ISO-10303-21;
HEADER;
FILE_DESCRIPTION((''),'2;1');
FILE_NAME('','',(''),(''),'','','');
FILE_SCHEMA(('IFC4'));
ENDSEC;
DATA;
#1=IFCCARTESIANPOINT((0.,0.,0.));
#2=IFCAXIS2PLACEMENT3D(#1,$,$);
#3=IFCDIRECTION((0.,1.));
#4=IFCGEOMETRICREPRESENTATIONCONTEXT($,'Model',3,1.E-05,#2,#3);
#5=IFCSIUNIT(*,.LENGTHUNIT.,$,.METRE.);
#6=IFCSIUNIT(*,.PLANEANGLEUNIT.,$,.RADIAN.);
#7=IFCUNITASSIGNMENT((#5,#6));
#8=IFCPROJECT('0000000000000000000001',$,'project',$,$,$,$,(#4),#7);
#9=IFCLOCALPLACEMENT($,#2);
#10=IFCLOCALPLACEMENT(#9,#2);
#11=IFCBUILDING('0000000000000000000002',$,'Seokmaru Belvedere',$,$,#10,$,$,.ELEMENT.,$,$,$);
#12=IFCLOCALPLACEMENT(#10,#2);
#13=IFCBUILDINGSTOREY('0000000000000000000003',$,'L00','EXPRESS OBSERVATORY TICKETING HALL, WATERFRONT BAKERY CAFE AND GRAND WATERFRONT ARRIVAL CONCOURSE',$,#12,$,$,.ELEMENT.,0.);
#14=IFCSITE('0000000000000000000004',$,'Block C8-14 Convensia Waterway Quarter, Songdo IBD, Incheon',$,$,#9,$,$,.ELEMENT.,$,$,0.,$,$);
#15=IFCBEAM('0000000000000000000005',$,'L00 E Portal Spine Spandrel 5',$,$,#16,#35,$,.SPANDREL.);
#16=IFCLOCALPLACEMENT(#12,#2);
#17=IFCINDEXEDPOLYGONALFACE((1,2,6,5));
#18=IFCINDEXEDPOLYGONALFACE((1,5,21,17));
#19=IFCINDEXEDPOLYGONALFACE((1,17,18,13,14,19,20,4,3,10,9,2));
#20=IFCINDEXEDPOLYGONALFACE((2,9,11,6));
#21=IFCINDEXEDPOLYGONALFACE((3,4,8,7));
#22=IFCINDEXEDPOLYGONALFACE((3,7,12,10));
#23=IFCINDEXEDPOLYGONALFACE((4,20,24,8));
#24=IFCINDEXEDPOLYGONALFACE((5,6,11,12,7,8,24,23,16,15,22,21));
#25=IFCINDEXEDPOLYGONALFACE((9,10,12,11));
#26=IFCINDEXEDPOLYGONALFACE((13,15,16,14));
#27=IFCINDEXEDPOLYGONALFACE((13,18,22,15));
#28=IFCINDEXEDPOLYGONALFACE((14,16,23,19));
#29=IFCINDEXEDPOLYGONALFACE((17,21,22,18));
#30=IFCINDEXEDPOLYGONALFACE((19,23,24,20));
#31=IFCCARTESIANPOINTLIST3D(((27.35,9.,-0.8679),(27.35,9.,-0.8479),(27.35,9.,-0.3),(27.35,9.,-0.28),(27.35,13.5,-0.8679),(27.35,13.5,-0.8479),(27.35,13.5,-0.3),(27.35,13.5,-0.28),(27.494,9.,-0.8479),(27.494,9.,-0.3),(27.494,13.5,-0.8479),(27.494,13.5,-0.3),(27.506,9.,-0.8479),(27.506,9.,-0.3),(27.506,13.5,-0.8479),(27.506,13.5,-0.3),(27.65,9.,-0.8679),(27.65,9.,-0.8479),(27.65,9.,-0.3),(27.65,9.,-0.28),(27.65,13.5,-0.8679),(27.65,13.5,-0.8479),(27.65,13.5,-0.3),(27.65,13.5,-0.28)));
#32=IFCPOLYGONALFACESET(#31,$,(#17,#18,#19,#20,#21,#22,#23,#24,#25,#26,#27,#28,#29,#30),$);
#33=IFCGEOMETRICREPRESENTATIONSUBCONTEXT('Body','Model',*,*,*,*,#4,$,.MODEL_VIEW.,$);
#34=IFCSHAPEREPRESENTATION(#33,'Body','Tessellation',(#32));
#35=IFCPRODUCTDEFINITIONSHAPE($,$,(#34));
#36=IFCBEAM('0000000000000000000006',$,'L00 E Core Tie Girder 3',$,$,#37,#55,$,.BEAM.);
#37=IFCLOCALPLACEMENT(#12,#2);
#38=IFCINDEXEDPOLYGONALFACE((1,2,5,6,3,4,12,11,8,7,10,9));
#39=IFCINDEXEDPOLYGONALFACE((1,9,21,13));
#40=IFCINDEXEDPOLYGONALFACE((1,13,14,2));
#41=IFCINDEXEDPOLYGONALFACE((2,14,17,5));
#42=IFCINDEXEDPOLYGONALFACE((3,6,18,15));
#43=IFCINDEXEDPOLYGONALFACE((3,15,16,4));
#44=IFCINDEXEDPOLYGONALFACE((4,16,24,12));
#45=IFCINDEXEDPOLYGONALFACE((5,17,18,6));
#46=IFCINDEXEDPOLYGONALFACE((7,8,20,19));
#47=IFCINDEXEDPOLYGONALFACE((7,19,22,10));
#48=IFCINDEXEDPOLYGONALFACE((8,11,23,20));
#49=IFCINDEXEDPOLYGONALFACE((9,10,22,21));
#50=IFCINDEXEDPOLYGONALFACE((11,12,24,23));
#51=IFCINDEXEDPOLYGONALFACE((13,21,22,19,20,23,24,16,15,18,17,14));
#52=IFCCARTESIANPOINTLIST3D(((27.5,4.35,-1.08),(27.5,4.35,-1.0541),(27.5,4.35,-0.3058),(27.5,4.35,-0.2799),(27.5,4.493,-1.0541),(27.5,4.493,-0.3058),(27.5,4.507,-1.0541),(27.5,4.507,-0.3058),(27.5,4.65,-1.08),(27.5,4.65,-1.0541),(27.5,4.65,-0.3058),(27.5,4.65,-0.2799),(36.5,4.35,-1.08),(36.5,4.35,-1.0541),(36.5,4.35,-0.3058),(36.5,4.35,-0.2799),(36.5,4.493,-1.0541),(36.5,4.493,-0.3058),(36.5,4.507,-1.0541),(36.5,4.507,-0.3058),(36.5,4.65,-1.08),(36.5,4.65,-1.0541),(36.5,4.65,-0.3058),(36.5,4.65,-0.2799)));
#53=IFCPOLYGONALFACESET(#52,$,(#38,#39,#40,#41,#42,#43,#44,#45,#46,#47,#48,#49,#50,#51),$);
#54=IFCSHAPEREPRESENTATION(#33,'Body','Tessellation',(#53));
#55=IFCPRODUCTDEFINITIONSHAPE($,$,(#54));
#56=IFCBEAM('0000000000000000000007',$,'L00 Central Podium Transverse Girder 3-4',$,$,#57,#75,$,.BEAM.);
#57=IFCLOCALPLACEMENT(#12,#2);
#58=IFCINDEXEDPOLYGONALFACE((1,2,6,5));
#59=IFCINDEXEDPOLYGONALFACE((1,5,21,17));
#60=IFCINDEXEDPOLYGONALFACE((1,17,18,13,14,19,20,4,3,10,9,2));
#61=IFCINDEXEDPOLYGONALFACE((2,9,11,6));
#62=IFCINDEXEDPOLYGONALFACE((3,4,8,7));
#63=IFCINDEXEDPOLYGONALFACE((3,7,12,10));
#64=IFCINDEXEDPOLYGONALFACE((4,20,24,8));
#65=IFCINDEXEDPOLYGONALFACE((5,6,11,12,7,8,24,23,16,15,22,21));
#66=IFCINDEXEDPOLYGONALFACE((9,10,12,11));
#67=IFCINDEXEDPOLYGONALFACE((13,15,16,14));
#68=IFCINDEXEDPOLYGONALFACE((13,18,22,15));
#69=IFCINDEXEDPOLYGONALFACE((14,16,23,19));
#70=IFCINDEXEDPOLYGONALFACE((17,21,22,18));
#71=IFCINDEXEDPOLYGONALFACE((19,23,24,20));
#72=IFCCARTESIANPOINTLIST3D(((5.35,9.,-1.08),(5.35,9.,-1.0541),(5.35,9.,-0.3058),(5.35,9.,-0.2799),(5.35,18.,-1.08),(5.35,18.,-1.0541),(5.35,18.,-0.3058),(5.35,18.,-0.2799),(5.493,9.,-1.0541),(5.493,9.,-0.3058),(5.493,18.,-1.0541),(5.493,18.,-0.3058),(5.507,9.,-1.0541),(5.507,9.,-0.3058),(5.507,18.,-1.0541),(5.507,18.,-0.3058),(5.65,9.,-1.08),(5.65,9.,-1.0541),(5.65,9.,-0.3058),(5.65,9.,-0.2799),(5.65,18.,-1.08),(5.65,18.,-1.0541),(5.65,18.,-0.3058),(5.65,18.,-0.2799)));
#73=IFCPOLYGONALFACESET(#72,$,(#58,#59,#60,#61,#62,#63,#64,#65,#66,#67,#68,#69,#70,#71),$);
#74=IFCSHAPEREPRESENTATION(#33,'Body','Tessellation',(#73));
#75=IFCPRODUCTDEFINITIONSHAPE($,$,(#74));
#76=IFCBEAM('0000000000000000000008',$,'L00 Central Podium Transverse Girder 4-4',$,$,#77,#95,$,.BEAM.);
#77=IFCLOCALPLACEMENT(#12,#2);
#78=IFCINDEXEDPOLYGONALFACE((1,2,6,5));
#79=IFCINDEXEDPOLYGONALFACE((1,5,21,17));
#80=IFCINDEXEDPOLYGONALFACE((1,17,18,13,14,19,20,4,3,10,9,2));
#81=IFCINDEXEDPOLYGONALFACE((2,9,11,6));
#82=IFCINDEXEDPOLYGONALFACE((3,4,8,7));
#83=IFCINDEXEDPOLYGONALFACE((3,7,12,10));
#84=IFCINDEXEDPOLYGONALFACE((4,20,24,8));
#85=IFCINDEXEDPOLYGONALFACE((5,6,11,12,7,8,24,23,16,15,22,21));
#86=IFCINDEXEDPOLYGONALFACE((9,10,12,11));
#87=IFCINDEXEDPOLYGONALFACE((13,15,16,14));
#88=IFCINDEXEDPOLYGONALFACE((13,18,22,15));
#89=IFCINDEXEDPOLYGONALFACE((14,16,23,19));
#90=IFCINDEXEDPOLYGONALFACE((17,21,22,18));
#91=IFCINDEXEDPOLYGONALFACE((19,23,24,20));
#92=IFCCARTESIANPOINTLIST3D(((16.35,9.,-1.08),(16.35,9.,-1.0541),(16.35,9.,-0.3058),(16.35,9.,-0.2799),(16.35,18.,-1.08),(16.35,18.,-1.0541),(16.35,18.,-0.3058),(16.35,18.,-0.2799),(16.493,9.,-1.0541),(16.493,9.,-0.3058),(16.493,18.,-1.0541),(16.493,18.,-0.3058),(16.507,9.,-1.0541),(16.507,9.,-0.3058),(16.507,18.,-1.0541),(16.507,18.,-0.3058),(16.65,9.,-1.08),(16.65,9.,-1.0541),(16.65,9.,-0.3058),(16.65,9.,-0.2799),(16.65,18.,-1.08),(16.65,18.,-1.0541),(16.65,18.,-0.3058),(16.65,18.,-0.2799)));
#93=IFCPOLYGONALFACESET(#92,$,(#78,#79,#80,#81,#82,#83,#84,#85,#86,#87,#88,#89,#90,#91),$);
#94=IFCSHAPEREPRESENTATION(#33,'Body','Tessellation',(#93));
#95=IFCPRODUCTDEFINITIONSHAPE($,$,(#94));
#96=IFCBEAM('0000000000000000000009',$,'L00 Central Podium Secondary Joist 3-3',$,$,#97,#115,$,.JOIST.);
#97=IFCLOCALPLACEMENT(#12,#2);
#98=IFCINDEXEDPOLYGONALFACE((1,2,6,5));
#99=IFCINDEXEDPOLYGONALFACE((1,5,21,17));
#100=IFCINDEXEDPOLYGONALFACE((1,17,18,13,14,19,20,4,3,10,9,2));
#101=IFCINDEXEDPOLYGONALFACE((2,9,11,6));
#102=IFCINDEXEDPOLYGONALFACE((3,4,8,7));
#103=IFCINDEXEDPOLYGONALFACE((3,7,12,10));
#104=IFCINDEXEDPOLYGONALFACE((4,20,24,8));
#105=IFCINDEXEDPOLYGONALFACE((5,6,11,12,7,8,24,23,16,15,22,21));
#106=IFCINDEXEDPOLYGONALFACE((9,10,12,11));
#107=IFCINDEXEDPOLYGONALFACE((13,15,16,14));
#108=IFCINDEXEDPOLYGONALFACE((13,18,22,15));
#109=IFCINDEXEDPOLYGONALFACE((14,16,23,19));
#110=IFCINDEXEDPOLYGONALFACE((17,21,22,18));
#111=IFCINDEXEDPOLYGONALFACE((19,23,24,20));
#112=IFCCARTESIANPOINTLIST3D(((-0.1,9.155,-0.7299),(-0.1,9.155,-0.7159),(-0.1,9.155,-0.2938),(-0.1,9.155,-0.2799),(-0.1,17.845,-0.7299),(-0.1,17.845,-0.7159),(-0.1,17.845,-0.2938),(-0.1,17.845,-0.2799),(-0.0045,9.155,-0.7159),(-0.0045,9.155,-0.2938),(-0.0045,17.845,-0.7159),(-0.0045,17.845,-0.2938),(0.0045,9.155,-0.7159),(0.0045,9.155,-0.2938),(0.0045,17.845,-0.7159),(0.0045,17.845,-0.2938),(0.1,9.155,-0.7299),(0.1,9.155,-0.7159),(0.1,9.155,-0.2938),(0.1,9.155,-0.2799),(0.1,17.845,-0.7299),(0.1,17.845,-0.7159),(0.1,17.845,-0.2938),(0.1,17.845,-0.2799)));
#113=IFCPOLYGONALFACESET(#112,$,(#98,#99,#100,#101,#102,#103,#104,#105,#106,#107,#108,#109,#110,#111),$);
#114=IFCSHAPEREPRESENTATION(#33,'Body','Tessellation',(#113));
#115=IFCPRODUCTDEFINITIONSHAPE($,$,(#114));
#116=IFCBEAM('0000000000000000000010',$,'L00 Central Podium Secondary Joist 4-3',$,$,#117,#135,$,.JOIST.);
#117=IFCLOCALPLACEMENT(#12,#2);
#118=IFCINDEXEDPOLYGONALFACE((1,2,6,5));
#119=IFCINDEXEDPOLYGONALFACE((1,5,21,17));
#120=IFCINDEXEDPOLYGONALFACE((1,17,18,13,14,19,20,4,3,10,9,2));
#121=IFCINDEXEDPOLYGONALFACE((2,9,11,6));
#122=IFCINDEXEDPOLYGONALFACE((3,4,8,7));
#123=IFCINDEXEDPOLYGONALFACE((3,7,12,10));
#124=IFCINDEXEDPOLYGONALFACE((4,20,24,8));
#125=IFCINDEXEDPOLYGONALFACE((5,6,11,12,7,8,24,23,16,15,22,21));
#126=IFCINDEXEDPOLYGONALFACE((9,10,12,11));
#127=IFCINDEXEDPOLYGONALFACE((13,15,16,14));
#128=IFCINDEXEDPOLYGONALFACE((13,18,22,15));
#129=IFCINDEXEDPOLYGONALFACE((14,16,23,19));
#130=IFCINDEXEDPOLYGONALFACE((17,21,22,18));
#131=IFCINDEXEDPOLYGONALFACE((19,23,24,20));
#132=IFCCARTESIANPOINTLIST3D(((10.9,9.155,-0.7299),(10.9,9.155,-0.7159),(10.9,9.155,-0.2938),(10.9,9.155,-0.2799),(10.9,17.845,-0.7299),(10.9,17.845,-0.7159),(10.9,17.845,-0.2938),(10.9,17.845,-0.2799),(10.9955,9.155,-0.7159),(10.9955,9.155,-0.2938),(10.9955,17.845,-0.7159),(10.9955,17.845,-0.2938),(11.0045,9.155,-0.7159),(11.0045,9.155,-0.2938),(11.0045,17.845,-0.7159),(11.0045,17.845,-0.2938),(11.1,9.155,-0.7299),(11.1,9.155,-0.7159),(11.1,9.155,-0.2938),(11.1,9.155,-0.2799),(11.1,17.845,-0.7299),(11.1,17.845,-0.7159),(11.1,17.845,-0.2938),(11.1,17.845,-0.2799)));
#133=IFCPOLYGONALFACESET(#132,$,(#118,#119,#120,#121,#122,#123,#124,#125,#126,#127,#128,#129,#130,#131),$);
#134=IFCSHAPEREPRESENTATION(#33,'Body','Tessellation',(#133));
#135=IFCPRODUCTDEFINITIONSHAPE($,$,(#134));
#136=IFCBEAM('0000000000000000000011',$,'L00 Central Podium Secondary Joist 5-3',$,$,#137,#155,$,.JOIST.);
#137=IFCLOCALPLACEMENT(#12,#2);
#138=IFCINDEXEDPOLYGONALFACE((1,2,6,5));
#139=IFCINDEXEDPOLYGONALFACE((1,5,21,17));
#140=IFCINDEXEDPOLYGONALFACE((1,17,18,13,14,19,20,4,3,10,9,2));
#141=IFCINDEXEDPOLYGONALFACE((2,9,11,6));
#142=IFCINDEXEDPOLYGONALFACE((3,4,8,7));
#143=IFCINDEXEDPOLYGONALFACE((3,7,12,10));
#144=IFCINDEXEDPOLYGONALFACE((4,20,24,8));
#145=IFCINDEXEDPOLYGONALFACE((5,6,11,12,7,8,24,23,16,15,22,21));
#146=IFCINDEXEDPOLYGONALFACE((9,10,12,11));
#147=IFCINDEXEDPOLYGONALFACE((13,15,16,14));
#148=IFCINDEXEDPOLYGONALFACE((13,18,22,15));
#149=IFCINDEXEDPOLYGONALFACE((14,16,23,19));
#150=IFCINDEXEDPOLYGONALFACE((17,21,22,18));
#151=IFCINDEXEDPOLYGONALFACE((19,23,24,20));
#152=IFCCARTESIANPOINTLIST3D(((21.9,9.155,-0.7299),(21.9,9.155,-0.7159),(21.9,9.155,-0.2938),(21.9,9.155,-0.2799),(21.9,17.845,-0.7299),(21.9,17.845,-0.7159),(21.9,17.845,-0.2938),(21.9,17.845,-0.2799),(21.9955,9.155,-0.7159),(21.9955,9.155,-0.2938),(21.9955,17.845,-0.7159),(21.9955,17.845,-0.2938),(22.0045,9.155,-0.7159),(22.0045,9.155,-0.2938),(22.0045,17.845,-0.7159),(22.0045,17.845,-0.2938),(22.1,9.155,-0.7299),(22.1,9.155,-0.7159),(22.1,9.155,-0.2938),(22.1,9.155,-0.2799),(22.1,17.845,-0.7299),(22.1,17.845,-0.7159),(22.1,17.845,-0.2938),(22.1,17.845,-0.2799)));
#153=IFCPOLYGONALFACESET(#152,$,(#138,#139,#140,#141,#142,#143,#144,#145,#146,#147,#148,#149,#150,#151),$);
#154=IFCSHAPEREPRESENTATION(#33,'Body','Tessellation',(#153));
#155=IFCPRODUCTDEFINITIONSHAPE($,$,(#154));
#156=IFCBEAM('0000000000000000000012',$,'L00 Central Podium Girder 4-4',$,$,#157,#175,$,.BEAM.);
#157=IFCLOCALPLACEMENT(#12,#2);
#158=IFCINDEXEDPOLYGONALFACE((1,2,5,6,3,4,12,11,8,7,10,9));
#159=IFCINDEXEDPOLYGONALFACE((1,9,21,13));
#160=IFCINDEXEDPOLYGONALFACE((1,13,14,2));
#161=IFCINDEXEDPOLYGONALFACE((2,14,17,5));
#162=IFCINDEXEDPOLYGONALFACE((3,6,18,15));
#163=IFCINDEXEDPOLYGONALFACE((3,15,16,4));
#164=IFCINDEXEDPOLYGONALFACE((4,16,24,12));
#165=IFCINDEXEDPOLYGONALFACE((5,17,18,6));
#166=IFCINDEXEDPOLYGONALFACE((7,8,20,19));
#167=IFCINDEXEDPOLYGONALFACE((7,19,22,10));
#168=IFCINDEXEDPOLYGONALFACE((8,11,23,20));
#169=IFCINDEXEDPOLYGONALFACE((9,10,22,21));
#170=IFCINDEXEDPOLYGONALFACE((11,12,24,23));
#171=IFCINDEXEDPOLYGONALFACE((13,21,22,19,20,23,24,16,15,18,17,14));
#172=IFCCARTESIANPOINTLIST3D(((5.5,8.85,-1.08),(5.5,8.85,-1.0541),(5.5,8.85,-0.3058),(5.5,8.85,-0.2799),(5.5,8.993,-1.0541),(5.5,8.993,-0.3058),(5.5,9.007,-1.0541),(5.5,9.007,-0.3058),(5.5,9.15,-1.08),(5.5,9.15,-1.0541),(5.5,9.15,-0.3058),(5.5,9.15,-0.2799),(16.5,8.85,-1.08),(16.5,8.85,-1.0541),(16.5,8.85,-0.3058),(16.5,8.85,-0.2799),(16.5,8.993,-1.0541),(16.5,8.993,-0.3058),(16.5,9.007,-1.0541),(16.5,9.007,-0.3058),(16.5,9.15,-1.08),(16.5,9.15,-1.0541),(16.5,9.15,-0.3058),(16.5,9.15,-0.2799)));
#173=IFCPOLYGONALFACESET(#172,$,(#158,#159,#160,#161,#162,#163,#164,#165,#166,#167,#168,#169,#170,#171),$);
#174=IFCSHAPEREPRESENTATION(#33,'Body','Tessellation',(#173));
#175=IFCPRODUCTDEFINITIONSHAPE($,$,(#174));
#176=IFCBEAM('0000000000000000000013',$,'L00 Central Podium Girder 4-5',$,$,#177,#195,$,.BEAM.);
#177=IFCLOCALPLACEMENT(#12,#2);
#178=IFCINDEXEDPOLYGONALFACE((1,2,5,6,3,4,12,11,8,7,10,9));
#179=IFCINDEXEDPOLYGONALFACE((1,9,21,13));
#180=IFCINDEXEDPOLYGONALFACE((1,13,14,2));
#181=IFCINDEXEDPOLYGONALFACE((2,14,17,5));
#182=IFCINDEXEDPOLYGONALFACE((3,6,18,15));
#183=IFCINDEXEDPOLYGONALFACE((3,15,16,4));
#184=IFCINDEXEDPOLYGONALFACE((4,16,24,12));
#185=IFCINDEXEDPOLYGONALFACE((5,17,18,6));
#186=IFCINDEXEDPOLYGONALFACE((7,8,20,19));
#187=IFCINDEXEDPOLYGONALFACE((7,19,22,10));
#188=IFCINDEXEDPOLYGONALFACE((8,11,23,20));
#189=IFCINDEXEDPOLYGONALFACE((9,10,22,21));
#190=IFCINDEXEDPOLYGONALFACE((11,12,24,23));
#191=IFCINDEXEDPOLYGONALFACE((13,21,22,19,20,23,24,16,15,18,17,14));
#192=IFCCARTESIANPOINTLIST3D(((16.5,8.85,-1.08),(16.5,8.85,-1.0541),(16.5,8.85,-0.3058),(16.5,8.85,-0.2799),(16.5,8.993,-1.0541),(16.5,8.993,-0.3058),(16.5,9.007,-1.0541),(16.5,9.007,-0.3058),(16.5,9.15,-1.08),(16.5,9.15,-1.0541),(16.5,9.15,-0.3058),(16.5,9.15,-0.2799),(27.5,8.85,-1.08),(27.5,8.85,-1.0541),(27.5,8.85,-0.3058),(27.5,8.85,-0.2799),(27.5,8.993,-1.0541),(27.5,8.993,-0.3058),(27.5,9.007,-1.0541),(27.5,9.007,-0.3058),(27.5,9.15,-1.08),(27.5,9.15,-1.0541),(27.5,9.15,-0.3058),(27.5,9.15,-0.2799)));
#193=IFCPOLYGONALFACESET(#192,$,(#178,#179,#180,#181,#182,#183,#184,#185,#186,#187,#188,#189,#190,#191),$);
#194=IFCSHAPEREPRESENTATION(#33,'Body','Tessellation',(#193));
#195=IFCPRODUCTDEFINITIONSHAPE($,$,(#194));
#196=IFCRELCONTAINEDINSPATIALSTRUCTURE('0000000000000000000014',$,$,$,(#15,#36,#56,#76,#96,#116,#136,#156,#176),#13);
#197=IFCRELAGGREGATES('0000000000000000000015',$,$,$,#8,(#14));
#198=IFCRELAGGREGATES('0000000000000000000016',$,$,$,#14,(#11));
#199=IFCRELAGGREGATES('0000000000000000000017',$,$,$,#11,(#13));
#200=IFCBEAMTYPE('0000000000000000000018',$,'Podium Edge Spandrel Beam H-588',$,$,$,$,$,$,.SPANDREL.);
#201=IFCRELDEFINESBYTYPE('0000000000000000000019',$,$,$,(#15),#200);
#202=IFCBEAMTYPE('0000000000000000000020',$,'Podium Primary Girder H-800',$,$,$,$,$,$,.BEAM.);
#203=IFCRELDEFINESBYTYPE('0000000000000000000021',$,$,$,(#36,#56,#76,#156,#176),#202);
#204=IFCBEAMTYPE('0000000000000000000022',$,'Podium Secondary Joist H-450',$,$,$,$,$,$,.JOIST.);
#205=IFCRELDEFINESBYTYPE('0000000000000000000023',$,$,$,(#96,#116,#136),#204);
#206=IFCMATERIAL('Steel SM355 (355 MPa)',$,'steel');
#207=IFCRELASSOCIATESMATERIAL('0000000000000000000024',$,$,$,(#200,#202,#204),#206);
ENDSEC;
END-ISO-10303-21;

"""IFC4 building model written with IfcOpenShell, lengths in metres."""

from ifc_helpers import new_model, si_unit, direction, frame, origin, origin_2d, place, context, subcontext, project, spatial, i_section, extrude, source, transform, mapped, material, material_profile, profile_set, type_object, type_shapes, element, save


model = new_model("IFC4")

# Units and contexts
model_context = context("Model", 3, precision=1e-05, world=origin(), true_north=direction((0.0, 1.0)))
body_context = subcontext(model_context, "Body", "Model", "MODEL_VIEW")
ifc_project = project(units=[si_unit("LENGTHUNIT", "METRE"), si_unit("PLANEANGLEUNIT", "RADIAN")], contexts=[model_context])

# Site, building, storey
site_placement = place(None, origin())
site = spatial("IfcSite", under=ifc_project, at=site_placement, Name="Block C8-14 Convensia Waterway Quarter, Songdo IBD, Incheon", CompositionType="ELEMENT", RefElevation=0.0)
building_placement = place(site_placement, origin())
building = spatial("IfcBuilding", under=site, at=building_placement, Name="Seokmaru Belvedere", CompositionType="ELEMENT")
storey_placement = place(building_placement, origin())
storey = spatial("IfcBuildingStorey", under=building, at=storey_placement, Name="L00", Description="EXPRESS OBSERVATORY TICKETING HALL, WATERFRONT BAKERY CAFE AND GRAND WATERFRONT ARRIVAL CONCOURSE", CompositionType="ELEMENT", Elevation=0.0)

# Shared definitions
ifc_material_1 = material(Name="Steel SM355 (355 MPa)", Category="steel")

# Beams
ifc_material_profile_1 = material_profile(ifc_material_1, i_section(OverallWidth=0.3, OverallDepth=0.5879, WebThickness=0.012, FlangeThickness=0.02, at=origin_2d()), Name="H-588x300x12x20")
ifc_profile_set_1 = profile_set([ifc_material_profile_1], Name="Steel SM355 (355 MPa)")
beam_type_1 = type_object("IfcBeamType", Name="Podium Edge Spandrel Beam H-588", PredefinedType="SPANDREL", material=ifc_profile_set_1)
shared_shape_1 = source(origin(), body_context, "Body", "SweptSolid", [
    extrude(i_section(OverallWidth=0.3, OverallDepth=0.5879, WebThickness=0.012, FlangeThickness=0.02, at=origin_2d()), origin(), (0.0, 0.0, 1.0), 4.5),
])
type_shapes(beam_type_1, [shared_shape_1])
for number, where, z_axis, x_axis, name in (
    (1, (27.5, 9.0, -0.574), (0.0, 1.0, 0.0), (-1.0, 0.0, 0.0), "L00 E Portal Spine Spandrel 5"),
):
    element("IfcBeam", number, at=place(storey_placement, frame(where, z_axis=z_axis, x_axis=x_axis)), inside=storey, type_object=beam_type_1, Name=name, PredefinedType="SPANDREL", context=body_context, shape_type="MappedRepresentation", body=[
        mapped(shared_shape_1, transform((0.0, 0.0, 0.0), scale=1.0)),
    ])
ifc_material_profile_2 = material_profile(ifc_material_1, i_section(OverallWidth=0.3, OverallDepth=0.8, WebThickness=0.0139, FlangeThickness=0.0259, at=origin_2d()), Name="H-800x300x14x26")
ifc_profile_set_2 = profile_set([ifc_material_profile_2], Name="Steel SM355 (355 MPa)")
beam_type_2 = type_object("IfcBeamType", Name="Podium Primary Girder H-800", PredefinedType="BEAM", material=ifc_profile_set_2)
shared_shape_2 = source(origin(), body_context, "Body", "SweptSolid", [
    extrude(i_section(OverallWidth=0.3, OverallDepth=0.8, WebThickness=0.0139, FlangeThickness=0.0259, at=origin_2d()), origin(), (0.0, 0.0, 1.0), 9.0),
])
for number, where, z_axis, x_axis, name in (
    (2, (27.5, 4.5, -0.6799), (1.0, 0.0, 0.0), (0.0, 1.0, 0.0), "L00 E Core Tie Girder 3"),
    (3, (5.5, 9.0, -0.6799), (0.0, 1.0, 0.0), (-1.0, 0.0, 0.0), "L00 Central Podium Transverse Girder 3-4"),
    (4, (16.5, 9.0, -0.6799), (0.0, 1.0, 0.0), (-1.0, 0.0, 0.0), "L00 Central Podium Transverse Girder 4-4"),
):
    element("IfcBeam", number, at=place(storey_placement, frame(where, z_axis=z_axis, x_axis=x_axis)), inside=storey, type_object=beam_type_2, Name=name, PredefinedType="BEAM", context=body_context, shape_type="MappedRepresentation", body=[
        mapped(shared_shape_2, transform((0.0, 0.0, 0.0), scale=1.0)),
    ])
ifc_material_profile_3 = material_profile(ifc_material_1, i_section(OverallWidth=0.2, OverallDepth=0.45, WebThickness=0.009, FlangeThickness=0.0139, at=origin_2d()), Name="H-450x200x9x14")
ifc_profile_set_3 = profile_set([ifc_material_profile_3], Name="Steel SM355 (355 MPa)")
beam_type_3 = type_object("IfcBeamType", Name="Podium Secondary Joist H-450", PredefinedType="JOIST", material=ifc_profile_set_3)
shared_shape_3 = source(origin(), body_context, "Body", "SweptSolid", [
    extrude(i_section(OverallWidth=0.2, OverallDepth=0.45, WebThickness=0.009, FlangeThickness=0.0139, at=origin_2d()), origin(), (0.0, 0.0, 1.0), 8.6899),
])
type_shapes(beam_type_3, [shared_shape_3])
for number, where, z_axis, x_axis, name in (
    (5, (0.0, 9.155, -0.5049), (0.0, 1.0, 0.0), (-1.0, 0.0, 0.0), "L00 Central Podium Secondary Joist 3-3"),
    (6, (11.0, 9.155, -0.5049), (0.0, 1.0, 0.0), (-1.0, 0.0, 0.0), "L00 Central Podium Secondary Joist 4-3"),
    (7, (22.0, 9.155, -0.5049), (0.0, 1.0, 0.0), (-1.0, 0.0, 0.0), "L00 Central Podium Secondary Joist 5-3"),
):
    element("IfcBeam", number, at=place(storey_placement, frame(where, z_axis=z_axis, x_axis=x_axis)), inside=storey, type_object=beam_type_3, Name=name, PredefinedType="JOIST", context=body_context, shape_type="MappedRepresentation", body=[
        mapped(shared_shape_3, transform((0.0, 0.0, 0.0), scale=1.0)),
    ])
shared_shape_4 = source(origin(), body_context, "Body", "SweptSolid", [
    extrude(i_section(OverallWidth=0.3, OverallDepth=0.8, WebThickness=0.0139, FlangeThickness=0.0259, at=origin_2d()), origin(), (0.0, 0.0, 1.0), 11.0),
])
type_shapes(beam_type_2, [shared_shape_2, shared_shape_4])
for number, where, z_axis, x_axis, name in (
    (8, (5.5, 9.0, -0.6799), (1.0, 0.0, 0.0), (0.0, 1.0, 0.0), "L00 Central Podium Girder 4-4"),
    (9, (16.5, 9.0, -0.6799), (1.0, 0.0, 0.0), (0.0, 1.0, 0.0), "L00 Central Podium Girder 4-5"),
):
    element("IfcBeam", number, at=place(storey_placement, frame(where, z_axis=z_axis, x_axis=x_axis)), inside=storey, type_object=beam_type_2, Name=name, PredefinedType="BEAM", context=body_context, shape_type="MappedRepresentation", body=[
        mapped(shared_shape_4, transform((0.0, 0.0, 0.0), scale=1.0)),
    ])

save(model, "model.ifc")
